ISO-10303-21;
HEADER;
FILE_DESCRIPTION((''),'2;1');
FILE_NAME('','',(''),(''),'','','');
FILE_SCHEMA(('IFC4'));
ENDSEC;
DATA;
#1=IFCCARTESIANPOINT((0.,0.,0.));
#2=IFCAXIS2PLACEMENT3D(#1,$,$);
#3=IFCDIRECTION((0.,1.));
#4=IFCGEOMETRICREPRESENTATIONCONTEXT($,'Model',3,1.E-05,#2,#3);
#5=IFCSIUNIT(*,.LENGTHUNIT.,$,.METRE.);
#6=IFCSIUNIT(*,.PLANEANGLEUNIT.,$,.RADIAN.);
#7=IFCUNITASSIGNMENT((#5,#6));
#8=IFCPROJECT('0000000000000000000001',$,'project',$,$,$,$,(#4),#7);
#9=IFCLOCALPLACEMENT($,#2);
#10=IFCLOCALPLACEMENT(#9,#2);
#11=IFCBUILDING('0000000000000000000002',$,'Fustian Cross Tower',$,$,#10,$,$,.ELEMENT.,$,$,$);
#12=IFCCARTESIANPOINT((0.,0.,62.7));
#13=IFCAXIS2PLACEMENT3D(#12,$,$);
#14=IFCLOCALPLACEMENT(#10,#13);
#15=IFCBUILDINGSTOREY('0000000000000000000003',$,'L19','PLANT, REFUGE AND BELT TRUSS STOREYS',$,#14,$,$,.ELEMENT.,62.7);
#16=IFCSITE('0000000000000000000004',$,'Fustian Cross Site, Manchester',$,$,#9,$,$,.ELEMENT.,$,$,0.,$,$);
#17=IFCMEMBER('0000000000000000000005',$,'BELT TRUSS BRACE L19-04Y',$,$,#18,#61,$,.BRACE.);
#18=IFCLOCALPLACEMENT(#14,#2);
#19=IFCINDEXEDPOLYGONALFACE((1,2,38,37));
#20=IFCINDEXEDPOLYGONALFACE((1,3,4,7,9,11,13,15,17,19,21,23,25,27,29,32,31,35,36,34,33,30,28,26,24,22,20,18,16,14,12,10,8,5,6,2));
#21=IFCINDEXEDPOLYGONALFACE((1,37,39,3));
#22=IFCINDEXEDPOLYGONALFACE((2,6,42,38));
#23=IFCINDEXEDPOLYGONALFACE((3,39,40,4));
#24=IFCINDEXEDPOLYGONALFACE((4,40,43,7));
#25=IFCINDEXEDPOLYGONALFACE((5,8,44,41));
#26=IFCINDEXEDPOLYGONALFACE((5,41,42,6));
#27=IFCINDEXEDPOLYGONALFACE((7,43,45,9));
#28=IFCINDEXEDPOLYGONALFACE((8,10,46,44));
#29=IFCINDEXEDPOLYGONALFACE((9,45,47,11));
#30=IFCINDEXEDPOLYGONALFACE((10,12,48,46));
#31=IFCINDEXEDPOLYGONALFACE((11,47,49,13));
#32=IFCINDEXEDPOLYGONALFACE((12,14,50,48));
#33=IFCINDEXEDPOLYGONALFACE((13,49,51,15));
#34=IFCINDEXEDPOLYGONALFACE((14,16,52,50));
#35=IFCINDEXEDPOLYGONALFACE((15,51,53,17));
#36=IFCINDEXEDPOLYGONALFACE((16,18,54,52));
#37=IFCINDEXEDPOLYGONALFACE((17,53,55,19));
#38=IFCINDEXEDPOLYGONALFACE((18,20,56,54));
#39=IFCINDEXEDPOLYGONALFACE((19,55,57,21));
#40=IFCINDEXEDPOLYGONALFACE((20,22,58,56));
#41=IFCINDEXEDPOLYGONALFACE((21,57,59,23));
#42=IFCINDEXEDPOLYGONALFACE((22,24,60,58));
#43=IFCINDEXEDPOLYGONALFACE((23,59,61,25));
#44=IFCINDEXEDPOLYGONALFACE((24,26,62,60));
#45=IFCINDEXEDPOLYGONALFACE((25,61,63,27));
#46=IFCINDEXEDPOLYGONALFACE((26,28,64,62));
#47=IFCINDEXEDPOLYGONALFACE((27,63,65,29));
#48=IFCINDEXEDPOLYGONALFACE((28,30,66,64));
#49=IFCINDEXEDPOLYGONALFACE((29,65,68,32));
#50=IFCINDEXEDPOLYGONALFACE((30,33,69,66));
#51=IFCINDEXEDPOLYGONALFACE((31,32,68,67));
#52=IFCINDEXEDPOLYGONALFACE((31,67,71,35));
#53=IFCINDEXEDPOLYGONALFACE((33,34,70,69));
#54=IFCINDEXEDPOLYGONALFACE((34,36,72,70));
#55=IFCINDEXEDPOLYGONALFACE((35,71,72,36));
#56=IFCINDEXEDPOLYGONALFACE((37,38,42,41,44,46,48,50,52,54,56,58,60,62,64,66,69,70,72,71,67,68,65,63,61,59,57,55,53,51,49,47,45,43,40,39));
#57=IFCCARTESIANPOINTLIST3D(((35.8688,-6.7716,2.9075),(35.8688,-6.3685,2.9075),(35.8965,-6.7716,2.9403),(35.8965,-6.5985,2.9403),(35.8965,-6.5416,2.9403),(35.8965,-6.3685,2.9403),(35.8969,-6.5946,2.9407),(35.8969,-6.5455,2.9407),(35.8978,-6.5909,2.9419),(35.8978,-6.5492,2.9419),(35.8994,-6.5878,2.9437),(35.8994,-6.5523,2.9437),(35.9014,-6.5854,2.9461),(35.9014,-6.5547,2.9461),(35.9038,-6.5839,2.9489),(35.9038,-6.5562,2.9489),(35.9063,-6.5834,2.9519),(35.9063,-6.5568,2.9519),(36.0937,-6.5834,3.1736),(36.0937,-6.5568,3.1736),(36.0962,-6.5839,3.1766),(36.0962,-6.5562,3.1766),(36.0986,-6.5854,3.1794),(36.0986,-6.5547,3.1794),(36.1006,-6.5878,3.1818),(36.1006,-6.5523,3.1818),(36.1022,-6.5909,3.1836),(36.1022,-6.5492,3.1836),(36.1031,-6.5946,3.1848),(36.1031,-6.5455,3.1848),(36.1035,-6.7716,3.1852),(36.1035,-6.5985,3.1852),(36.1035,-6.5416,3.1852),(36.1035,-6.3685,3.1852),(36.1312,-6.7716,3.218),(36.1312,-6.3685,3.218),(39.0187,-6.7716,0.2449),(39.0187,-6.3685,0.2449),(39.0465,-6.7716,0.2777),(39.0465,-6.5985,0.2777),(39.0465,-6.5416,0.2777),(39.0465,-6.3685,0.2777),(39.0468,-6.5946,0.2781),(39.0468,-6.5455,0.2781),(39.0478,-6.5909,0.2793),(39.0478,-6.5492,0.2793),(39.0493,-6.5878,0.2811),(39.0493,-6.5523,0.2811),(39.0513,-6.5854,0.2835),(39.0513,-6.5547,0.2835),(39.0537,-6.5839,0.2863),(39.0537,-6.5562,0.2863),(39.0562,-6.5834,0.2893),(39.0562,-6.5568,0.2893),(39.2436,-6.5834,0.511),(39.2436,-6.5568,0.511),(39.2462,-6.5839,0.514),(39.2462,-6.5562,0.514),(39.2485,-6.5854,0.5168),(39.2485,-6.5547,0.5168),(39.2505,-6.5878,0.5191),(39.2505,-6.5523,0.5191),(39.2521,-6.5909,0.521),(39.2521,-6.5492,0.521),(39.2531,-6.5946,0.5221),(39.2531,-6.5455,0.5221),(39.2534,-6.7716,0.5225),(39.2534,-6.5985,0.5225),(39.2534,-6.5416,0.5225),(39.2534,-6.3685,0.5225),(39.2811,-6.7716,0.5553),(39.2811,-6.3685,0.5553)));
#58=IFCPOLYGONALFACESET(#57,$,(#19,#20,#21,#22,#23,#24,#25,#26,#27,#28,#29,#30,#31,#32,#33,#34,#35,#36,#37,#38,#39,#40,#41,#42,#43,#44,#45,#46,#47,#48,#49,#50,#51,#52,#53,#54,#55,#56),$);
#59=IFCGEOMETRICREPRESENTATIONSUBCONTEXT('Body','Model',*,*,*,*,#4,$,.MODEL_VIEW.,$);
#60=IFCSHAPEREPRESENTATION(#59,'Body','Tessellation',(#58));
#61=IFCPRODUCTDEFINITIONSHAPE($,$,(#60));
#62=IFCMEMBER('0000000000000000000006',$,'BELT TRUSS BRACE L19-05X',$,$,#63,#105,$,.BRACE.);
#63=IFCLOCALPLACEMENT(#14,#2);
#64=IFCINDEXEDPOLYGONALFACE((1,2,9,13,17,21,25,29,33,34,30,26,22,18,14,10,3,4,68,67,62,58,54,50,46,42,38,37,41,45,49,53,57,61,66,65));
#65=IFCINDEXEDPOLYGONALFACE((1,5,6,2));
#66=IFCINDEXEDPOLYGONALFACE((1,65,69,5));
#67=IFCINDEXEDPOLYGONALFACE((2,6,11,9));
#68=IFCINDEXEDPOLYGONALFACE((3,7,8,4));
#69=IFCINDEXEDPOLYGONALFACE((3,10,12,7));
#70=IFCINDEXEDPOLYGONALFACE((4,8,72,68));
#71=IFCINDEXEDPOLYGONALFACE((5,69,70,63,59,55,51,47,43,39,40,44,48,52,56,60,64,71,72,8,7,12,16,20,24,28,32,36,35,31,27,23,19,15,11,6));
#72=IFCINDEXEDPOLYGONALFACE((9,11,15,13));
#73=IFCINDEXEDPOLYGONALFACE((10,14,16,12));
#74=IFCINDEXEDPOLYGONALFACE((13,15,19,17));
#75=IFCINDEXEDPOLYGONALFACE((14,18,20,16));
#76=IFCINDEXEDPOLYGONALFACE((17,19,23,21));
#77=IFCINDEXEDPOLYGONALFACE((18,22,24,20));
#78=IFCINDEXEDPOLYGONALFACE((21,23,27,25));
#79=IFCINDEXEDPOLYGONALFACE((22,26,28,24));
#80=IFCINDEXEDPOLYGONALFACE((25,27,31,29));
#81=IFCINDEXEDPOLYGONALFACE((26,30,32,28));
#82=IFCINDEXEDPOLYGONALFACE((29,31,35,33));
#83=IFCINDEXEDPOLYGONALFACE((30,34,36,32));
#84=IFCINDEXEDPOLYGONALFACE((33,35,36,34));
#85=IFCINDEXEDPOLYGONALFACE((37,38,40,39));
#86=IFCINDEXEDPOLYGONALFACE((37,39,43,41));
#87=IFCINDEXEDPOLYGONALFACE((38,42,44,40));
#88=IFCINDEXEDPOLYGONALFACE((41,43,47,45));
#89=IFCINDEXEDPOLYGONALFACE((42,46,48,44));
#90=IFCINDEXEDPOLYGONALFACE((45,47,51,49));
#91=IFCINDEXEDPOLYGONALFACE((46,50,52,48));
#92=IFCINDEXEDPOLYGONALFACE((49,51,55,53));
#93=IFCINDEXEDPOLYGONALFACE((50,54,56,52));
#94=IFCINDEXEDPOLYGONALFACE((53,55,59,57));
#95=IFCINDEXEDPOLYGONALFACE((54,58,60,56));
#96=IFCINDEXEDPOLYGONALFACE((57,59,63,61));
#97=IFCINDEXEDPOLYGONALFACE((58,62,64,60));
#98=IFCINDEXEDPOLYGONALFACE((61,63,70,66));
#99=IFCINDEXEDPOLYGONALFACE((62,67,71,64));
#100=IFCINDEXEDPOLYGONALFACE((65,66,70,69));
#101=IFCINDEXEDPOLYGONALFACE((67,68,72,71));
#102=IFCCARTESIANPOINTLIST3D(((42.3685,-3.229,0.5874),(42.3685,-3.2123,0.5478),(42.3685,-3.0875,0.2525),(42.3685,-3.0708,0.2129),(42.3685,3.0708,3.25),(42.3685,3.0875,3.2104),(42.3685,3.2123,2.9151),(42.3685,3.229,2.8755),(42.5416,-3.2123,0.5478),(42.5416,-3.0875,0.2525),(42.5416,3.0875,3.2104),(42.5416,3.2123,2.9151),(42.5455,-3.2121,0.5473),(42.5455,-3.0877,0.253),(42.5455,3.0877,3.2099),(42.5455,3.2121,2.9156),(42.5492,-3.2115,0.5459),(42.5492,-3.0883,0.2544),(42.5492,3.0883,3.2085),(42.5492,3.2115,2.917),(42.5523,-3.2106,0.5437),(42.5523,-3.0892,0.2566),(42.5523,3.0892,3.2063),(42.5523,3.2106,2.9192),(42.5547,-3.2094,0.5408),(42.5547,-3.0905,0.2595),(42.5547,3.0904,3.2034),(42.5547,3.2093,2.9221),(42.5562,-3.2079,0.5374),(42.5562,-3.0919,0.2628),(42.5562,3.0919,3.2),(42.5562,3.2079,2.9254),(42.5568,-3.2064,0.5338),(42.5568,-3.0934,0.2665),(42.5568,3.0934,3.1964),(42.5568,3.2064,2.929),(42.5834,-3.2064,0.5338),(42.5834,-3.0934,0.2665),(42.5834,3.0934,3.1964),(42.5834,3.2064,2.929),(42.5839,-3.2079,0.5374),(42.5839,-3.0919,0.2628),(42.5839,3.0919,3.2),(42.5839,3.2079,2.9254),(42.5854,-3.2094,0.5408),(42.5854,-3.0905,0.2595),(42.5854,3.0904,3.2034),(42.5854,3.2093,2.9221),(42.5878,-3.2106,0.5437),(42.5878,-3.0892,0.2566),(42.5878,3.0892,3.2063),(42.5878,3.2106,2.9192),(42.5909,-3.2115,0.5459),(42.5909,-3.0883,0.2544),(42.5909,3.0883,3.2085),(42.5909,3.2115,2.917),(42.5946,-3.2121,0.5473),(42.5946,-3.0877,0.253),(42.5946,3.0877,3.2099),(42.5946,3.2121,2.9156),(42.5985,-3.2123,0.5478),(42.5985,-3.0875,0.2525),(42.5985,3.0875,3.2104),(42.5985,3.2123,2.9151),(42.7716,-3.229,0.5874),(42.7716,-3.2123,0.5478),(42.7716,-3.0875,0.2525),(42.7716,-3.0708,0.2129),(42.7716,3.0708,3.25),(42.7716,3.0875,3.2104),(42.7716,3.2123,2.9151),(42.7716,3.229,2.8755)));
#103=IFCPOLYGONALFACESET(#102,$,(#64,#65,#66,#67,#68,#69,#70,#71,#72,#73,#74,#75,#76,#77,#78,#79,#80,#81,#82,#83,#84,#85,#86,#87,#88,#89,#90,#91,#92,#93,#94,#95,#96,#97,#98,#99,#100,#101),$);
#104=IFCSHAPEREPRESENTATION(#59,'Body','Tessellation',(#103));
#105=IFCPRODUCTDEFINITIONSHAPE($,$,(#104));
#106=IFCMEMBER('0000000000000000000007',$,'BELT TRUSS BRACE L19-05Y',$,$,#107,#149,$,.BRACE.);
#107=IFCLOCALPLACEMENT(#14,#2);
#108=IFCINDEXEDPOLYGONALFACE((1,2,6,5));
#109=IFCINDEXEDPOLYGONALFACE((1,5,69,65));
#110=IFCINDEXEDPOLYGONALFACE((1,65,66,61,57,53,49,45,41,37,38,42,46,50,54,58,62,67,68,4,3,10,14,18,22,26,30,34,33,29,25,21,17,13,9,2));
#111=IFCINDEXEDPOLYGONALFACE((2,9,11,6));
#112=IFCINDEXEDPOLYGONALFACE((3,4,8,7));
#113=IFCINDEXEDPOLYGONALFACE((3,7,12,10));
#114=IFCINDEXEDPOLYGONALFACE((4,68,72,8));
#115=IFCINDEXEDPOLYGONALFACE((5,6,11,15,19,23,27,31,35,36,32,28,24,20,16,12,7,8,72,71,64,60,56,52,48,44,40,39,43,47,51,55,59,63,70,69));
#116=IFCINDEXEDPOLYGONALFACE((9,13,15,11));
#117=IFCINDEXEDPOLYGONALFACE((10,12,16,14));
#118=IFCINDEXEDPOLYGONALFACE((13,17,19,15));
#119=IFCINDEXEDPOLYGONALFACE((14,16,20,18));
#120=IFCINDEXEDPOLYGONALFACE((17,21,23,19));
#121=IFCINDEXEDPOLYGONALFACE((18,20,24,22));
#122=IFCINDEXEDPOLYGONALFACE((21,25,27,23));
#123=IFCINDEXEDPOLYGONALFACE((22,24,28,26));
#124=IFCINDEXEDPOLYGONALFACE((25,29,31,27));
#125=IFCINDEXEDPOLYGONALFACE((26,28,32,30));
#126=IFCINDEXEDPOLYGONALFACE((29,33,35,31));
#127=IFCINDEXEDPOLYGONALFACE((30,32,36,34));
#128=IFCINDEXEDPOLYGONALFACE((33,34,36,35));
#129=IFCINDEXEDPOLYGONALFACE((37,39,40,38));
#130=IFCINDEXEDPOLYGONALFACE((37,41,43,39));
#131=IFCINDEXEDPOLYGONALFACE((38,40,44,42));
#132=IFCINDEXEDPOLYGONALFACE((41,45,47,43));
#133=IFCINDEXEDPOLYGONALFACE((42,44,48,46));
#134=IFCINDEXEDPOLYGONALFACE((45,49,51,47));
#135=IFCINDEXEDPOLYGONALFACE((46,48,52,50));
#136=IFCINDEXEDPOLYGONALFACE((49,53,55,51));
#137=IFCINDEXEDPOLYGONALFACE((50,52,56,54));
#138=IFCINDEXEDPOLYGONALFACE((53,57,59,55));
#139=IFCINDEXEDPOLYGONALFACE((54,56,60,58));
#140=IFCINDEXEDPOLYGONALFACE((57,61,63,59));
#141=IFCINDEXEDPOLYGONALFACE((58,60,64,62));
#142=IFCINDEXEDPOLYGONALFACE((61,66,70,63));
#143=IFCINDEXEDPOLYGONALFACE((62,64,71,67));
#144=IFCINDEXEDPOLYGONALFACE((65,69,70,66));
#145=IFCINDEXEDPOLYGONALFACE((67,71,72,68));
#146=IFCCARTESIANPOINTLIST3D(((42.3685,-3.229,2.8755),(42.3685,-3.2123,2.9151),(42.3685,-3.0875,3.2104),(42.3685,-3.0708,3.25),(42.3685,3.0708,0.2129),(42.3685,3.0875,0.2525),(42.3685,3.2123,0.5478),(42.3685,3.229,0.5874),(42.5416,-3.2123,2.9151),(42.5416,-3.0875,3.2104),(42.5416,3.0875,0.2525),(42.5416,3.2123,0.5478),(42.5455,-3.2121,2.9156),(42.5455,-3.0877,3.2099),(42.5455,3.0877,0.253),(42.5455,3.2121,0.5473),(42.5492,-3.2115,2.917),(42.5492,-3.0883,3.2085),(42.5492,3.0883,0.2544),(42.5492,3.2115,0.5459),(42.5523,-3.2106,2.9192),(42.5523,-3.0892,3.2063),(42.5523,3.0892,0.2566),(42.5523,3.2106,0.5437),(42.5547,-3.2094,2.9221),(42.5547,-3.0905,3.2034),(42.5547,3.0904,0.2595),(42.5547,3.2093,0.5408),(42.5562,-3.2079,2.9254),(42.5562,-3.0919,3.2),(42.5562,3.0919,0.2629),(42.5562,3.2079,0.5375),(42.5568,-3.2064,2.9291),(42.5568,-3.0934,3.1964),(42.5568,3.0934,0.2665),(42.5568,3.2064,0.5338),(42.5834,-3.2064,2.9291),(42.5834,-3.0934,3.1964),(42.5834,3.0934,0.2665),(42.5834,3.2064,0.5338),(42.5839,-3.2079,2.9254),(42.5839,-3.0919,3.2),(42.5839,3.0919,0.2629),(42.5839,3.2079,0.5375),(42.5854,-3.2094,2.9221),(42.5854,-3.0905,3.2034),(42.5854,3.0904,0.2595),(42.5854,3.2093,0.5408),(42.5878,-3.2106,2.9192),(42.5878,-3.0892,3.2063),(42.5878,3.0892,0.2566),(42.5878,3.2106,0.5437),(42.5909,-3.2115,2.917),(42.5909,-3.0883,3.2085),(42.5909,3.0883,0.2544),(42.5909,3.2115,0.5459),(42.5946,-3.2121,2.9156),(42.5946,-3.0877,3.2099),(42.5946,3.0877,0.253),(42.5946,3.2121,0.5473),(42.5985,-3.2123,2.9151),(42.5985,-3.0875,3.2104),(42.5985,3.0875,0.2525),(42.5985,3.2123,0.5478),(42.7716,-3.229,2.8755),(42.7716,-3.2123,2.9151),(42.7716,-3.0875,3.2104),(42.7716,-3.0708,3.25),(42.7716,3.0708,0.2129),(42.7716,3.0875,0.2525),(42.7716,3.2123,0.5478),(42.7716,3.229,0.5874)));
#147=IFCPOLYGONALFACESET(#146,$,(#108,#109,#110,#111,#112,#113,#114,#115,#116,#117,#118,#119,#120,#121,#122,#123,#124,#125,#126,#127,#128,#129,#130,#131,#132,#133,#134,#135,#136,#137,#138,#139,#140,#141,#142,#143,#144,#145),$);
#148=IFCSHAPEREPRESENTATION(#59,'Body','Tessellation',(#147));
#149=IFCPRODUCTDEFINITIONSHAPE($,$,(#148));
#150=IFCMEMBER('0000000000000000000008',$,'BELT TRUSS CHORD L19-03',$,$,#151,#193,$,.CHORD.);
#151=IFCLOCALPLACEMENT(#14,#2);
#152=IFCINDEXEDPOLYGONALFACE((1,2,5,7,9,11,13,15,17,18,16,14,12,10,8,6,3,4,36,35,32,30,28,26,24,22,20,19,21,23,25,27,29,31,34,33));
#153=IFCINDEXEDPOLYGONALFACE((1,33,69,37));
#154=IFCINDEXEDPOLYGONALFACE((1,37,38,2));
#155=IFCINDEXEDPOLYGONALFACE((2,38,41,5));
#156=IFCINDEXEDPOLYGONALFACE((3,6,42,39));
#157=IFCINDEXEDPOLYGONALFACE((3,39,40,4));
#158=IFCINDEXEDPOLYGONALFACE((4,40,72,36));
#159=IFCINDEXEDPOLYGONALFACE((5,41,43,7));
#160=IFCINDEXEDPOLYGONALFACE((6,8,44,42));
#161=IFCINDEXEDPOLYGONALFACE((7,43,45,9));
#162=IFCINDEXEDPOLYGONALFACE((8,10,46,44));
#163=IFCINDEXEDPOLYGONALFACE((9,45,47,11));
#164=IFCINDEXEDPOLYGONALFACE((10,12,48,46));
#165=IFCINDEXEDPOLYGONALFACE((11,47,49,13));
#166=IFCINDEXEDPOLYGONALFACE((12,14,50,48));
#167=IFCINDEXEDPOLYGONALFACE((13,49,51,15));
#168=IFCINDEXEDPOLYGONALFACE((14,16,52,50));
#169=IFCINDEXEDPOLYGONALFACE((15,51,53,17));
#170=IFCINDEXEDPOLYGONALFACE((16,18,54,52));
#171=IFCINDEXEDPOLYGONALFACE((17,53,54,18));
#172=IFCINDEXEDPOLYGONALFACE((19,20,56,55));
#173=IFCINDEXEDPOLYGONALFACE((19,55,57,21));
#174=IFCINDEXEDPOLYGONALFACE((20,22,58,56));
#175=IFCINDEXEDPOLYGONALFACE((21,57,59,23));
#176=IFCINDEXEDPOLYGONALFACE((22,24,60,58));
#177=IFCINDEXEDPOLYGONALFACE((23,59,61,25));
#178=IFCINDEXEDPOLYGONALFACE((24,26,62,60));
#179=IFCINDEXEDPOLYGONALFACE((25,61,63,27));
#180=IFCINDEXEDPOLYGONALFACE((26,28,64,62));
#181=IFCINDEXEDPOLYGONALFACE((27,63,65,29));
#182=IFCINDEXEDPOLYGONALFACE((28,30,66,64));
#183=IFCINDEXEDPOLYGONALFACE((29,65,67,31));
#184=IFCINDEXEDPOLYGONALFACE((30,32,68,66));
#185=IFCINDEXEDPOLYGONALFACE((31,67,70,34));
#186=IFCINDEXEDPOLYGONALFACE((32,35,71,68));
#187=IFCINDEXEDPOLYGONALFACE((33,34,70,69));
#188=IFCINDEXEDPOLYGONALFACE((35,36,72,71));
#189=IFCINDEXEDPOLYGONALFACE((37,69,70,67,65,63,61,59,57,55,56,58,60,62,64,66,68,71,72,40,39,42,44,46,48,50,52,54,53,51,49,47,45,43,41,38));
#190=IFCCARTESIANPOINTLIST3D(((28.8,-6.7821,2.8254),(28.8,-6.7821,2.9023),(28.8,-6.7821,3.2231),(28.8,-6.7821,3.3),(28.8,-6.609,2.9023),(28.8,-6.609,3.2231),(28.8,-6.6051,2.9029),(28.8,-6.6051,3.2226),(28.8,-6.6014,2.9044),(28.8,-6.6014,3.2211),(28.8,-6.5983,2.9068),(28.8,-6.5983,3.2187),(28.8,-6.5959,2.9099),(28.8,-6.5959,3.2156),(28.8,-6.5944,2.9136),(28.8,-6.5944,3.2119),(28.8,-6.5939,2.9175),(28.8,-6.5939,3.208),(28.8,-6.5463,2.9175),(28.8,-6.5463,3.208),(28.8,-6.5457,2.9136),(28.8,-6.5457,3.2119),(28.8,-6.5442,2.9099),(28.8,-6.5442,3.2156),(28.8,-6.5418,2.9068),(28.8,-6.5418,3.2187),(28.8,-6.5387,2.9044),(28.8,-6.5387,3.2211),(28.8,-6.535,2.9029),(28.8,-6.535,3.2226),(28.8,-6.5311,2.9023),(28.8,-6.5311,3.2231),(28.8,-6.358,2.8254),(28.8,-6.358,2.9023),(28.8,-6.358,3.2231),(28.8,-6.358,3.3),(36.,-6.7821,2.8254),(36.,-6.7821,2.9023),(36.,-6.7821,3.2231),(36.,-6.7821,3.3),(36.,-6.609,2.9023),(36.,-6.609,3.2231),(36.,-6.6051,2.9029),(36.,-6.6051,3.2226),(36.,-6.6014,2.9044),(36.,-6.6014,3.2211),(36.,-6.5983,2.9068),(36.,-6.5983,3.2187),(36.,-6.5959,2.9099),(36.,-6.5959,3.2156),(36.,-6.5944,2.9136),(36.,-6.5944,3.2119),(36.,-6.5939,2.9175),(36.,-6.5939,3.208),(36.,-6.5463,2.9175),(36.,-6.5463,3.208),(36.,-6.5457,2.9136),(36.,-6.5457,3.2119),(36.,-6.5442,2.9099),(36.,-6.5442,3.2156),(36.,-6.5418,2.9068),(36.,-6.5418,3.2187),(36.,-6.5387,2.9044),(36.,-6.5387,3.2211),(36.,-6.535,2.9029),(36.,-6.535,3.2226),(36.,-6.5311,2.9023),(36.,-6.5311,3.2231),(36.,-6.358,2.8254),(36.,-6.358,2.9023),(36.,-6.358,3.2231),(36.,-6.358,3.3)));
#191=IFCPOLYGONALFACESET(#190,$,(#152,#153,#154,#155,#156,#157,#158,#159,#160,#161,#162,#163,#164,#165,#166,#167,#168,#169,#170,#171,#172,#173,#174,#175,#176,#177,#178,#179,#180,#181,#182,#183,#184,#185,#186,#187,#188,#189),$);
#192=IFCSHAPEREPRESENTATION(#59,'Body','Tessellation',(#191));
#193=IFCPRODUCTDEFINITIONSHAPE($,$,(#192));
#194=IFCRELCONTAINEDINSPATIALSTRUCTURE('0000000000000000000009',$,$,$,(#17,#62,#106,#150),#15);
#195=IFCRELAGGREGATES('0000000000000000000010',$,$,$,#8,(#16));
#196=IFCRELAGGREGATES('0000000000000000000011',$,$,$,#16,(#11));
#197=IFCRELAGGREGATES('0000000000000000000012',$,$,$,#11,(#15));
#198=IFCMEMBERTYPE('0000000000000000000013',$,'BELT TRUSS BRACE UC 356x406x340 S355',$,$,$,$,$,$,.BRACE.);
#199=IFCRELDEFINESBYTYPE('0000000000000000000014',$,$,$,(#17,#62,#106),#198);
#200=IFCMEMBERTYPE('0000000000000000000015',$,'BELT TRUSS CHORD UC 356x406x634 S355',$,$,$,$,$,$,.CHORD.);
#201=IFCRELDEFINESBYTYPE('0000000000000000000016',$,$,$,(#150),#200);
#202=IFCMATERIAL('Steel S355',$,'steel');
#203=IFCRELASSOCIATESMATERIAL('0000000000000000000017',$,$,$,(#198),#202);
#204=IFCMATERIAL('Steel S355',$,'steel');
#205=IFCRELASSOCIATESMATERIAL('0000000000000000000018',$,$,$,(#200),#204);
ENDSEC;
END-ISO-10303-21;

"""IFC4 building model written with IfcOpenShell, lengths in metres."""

from ifc_helpers import new_model, si_unit, direction, frame, origin, origin_2d, place, context, subcontext, project, spatial, i_section, extrude, material, material_profile, profile_set, type_object, element, save


model = new_model("IFC4")

# Units and contexts
model_context = context("Model", 3, precision=1e-05, world=origin(), true_north=direction((0.0, 1.0)))
body_context = subcontext(model_context, "Body", "Model", "MODEL_VIEW")
ifc_project = project(units=[si_unit("LENGTHUNIT", "METRE"), si_unit("PLANEANGLEUNIT", "RADIAN")], contexts=[model_context])

# Site, building, storey
site_placement = place(None, origin())
site = spatial("IfcSite", under=ifc_project, at=site_placement, Name="Fustian Cross Site, Manchester", CompositionType="ELEMENT", RefElevation=0.0)
building_placement = place(site_placement, origin())
building = spatial("IfcBuilding", under=site, at=building_placement, Name="Fustian Cross Tower", CompositionType="ELEMENT")
storey_placement = place(building_placement, frame((0.0, 0.0, 62.7)))
storey = spatial("IfcBuildingStorey", under=building, at=storey_placement, Name="L19", Description="PLANT, REFUGE AND BELT TRUSS STOREYS", CompositionType="ELEMENT", Elevation=62.7)

# Members
ifc_material_1 = material(Name="Steel S355", Category="steel")
ifc_material_profile_1 = material_profile(ifc_material_1, i_section(OverallWidth=0.4031, OverallDepth=0.4065, WebThickness=0.0266, FlangeThickness=0.043, FilletRadius=0.0151, at=origin_2d()), Name="UC 356x406x340")
ifc_profile_set_1 = profile_set([ifc_material_profile_1], Name="Steel S355")
member_type_1 = type_object("IfcMemberType", Name="BELT TRUSS BRACE UC 356x406x340 S355", PredefinedType="BRACE", material=ifc_profile_set_1)
for number, where, z_axis, x_axis, name in (
    (1, (36.0, -6.5701, 3.0627), (0.76371, 0.0, -0.64556), (0.0, 1.0, 0.0), "BELT TRUSS BRACE L19-04Y"),
):
    element("IfcMember", number, at=place(storey_placement, frame(where, z_axis=z_axis, x_axis=x_axis)), inside=storey, type_object=member_type_1, Name=name, PredefinedType="BRACE", context=body_context, shape_type="SweptSolid", body=[
        extrude(i_section(OverallWidth=0.4031, OverallDepth=0.4065, WebThickness=0.0266, FlangeThickness=0.043, FilletRadius=0.0151, at=origin_2d()), origin(), (0.0, 0.0, 1.0), 4.1245),
    ])
for number, where, z_axis, x_axis, name in (
    (2, (42.5701, -3.1499, 0.4001), (0.0, 0.921109, 0.389305), (-1.0, 0.0, 0.0), "BELT TRUSS BRACE L19-05X"),
    (3, (42.5701, -3.1499, 3.0627), (0.0, 0.921109, -0.389305), (-1.0, 0.0, 0.0), "BELT TRUSS BRACE L19-05Y"),
):
    element("IfcMember", number, at=place(storey_placement, frame(where, z_axis=z_axis, x_axis=x_axis)), inside=storey, type_object=member_type_1, Name=name, PredefinedType="BRACE", context=body_context, shape_type="SweptSolid", body=[
        extrude(i_section(OverallWidth=0.4031, OverallDepth=0.4065, WebThickness=0.0266, FlangeThickness=0.043, FilletRadius=0.0151, at=origin_2d()), origin(), (0.0, 0.0, 1.0), 6.8394),
    ])
ifc_material_2 = material(Name="Steel S355", Category="steel")
ifc_material_profile_2 = material_profile(ifc_material_2, i_section(OverallWidth=0.4241, OverallDepth=0.4746, WebThickness=0.0476, FlangeThickness=0.0769, FilletRadius=0.0151, at=origin_2d()), Name="UC 356x406x634")
ifc_profile_set_2 = profile_set([ifc_material_profile_2], Name="Steel S355")
member_type_2 = type_object("IfcMemberType", Name="BELT TRUSS CHORD UC 356x406x634 S355", PredefinedType="CHORD", material=ifc_profile_set_2)
for number, where, z_axis, x_axis, name in (
    (4, (28.8, -6.5701, 3.0627), (1.0, 0.0, 0.0), (0.0, 1.0, 0.0), "BELT TRUSS CHORD L19-03"),
):
    element("IfcMember", number, at=place(storey_placement, frame(where, z_axis=z_axis, x_axis=x_axis)), inside=storey, type_object=member_type_2, Name=name, PredefinedType="CHORD", context=body_context, shape_type="SweptSolid", body=[
        extrude(i_section(OverallWidth=0.4241, OverallDepth=0.4746, WebThickness=0.0476, FlangeThickness=0.0769, FilletRadius=0.0151, at=origin_2d()), origin(), (0.0, 0.0, 1.0), 7.2),
    ])

save(model, "model.ifc")
